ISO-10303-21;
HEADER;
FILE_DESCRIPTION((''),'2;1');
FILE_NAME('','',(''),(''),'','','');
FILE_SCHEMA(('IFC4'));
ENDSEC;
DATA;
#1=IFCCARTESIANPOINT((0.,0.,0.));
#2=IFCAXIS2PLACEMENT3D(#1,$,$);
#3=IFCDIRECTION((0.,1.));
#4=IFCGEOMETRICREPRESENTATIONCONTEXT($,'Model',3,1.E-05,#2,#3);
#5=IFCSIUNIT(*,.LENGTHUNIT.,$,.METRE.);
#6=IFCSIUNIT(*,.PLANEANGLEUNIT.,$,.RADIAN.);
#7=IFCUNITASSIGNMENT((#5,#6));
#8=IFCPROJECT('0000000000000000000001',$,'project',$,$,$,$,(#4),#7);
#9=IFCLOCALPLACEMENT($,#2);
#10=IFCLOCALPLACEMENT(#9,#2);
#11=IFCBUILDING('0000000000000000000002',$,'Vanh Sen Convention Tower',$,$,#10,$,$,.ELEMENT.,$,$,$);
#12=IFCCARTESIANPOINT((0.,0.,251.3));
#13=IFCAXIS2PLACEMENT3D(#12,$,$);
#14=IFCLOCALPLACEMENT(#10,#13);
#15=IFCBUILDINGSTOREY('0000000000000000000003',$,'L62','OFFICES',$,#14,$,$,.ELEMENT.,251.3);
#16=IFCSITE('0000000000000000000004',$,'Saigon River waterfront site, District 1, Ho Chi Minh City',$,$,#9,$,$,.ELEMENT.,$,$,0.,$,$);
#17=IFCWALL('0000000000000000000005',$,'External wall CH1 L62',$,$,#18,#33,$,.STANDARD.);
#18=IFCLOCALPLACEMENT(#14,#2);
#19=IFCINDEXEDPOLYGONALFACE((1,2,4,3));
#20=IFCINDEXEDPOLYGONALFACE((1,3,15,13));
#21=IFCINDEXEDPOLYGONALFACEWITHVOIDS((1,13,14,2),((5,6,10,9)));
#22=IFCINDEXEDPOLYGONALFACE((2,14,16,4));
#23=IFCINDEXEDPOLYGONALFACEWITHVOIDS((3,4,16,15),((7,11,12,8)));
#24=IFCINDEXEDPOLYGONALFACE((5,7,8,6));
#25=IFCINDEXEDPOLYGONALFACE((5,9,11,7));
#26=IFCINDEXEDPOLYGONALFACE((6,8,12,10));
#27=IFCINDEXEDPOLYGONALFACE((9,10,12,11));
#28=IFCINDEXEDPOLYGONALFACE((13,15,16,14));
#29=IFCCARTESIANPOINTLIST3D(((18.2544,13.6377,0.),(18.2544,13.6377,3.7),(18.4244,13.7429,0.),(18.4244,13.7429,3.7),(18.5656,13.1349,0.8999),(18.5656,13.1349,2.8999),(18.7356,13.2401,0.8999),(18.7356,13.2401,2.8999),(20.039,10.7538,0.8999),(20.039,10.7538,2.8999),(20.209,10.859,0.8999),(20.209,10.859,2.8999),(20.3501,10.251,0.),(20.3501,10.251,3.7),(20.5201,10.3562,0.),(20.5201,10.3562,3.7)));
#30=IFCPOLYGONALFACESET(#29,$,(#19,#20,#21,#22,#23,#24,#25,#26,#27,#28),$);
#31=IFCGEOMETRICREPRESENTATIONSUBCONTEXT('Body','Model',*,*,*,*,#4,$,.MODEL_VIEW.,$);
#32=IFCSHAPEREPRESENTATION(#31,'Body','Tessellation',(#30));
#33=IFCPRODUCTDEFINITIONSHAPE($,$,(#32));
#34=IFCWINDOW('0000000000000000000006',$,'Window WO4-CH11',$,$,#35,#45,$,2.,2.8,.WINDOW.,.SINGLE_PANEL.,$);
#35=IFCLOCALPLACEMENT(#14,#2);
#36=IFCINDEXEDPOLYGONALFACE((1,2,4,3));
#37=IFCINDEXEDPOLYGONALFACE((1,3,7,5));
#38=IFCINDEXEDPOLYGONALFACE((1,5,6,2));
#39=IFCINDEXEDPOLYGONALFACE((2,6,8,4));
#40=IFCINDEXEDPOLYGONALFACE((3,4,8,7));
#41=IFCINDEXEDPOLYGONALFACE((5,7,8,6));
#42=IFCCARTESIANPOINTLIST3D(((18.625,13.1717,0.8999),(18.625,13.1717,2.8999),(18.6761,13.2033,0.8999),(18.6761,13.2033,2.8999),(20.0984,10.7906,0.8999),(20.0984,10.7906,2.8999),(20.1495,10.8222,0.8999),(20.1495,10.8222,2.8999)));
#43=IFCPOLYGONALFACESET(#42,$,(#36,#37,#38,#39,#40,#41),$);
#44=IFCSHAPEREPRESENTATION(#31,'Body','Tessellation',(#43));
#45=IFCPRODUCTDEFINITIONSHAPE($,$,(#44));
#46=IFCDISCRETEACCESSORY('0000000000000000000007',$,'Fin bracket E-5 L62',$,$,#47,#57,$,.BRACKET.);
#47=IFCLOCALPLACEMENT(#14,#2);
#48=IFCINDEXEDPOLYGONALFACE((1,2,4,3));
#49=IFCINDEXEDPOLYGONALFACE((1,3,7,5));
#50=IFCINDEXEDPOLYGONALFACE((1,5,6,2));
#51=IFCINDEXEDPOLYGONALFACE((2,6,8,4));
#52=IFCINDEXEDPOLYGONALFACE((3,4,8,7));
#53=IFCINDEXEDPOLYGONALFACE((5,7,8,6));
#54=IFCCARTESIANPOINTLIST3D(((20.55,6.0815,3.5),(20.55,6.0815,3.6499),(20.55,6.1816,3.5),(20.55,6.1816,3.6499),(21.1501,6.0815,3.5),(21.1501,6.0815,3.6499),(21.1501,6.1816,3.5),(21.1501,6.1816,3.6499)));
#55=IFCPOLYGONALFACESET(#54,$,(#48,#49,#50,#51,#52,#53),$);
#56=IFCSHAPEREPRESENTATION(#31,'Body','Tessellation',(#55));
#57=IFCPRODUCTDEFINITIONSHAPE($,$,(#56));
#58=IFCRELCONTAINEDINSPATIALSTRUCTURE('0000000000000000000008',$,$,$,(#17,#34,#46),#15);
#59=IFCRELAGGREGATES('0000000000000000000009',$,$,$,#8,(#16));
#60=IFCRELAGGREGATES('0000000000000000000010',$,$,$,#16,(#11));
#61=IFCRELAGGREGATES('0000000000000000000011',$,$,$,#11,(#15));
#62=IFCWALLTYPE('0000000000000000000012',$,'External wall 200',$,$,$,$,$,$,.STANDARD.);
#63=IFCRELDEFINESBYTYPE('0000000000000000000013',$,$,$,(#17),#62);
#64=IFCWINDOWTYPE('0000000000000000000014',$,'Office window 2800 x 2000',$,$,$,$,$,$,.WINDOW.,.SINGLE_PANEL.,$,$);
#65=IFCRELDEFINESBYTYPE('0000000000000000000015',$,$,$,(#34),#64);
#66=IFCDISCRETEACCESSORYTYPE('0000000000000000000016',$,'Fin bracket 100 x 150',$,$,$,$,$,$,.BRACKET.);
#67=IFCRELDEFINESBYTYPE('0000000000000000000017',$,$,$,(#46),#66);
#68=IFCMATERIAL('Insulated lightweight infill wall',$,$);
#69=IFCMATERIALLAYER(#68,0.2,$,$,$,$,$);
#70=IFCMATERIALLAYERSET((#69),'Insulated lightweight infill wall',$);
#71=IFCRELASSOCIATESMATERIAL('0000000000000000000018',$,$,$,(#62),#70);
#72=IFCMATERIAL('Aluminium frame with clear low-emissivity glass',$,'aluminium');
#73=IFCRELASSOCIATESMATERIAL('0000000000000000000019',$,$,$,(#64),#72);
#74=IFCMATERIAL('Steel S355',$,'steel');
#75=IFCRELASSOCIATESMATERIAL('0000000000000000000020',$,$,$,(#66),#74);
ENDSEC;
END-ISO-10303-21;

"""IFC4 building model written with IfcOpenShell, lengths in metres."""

from ifc_helpers import new_model, si_unit, direction, frame, frame_2d, origin, origin_2d, place, context, subcontext, project, spatial, rectangle, extrude, material, layer, layer_set, type_object, element, fill, save


model = new_model("IFC4")

# Units and contexts
model_context = context("Model", 3, precision=1e-05, world=origin(), true_north=direction((0.0, 1.0)))
body_context = subcontext(model_context, "Body", "Model", "MODEL_VIEW")
ifc_project = project(units=[si_unit("LENGTHUNIT", "METRE"), si_unit("PLANEANGLEUNIT", "RADIAN")], contexts=[model_context])

# Site, building, storey
site_placement = place(None, origin())
site = spatial("IfcSite", under=ifc_project, at=site_placement, Name="Saigon River waterfront site, District 1, Ho Chi Minh City", CompositionType="ELEMENT", RefElevation=0.0)
building_placement = place(site_placement, origin())
building = spatial("IfcBuilding", under=site, at=building_placement, Name="Vanh Sen Convention Tower", CompositionType="ELEMENT")
storey_placement = place(building_placement, frame((0.0, 0.0, 251.3)))
storey = spatial("IfcBuildingStorey", under=building, at=storey_placement, Name="L62", Description="OFFICES", CompositionType="ELEMENT", Elevation=251.3)

# Wall, opening, window
ifc_material_1 = material(Name="Insulated lightweight infill wall")
ifc_layer_1 = layer(ifc_material_1, 0.2)
ifc_layer_set_1 = layer_set([ifc_layer_1], Name="Insulated lightweight infill wall")
wall_type_1 = type_object("IfcWallType", Name="External wall 200", PredefinedType="STANDARD", material=ifc_layer_set_1)
wall_1_placement = place(storey_placement, frame((20.4351, 10.3037, 0.0), z_axis=(0.0, 0.0, 1.0), x_axis=(-0.526203, 0.850359, 0.0)))
wall_1 = element("IfcWall", 1, at=wall_1_placement, inside=storey, type_object=wall_type_1, Name="External wall CH1 L62", PredefinedType="STANDARD", context=body_context, shape_type="SweptSolid", body=[
    extrude(rectangle(XDim=3.9827, YDim=0.2, at=frame_2d((1.9912, 0.0))), origin(), (0.0, 0.0, 1.0), 3.7),
])
opening_1_placement = place(wall_1_placement, frame((0.5913, 0.0, 0.8999)))
opening_1 = element("IfcOpeningElement", 2, at=opening_1_placement, cuts=wall_1, PredefinedType="OPENING", context=body_context, shape_type="SweptSolid", body=[
    extrude(rectangle(XDim=2.8, YDim=2.0, at=frame_2d((1.3999, 1.0))), frame((0.0, 0.1099, 0.0), z_axis=(0.0, -1.0, 0.0), x_axis=(1.0, 0.0, 0.0)), (0.0, 0.0, 1.0), 0.22),
])
ifc_material_2 = material(Name="Aluminium frame with clear low-emissivity glass", Category="aluminium")
window_type = type_object("IfcWindowType", Name="Office window 2800 x 2000", PartitioningType="SINGLE_PANEL", PredefinedType="WINDOW", material=ifc_material_2)
window_placement = place(opening_1_placement, origin())
window = element("IfcWindow", 3, at=window_placement, inside=storey, type_object=window_type, Name="Window WO4-CH11", OverallHeight=2.0, OverallWidth=2.8, PartitioningType="SINGLE_PANEL", PredefinedType="WINDOW", context=body_context, shape_type="SweptSolid", body=[
    extrude(rectangle(XDim=2.8, YDim=2.0, at=frame_2d((1.3999, 1.0))), frame((0.0, 0.03, 0.0), z_axis=(0.0, -1.0, 0.0), x_axis=(1.0, 0.0, 0.0)), (0.0, 0.0, 1.0), 0.0601),
])
fill(opening_1, window)

# Discrete accessory
ifc_material_3 = material(Name="Steel S355", Category="steel")
discrete_accessory_type = type_object("IfcDiscreteAccessoryType", Name="Fin bracket 100 x 150", PredefinedType="BRACKET", material=ifc_material_3)
discrete_accessory_placement = place(storey_placement, frame((20.8501, 6.1316, 3.5), z_axis=(0.0, 0.0, 1.0), x_axis=(1.0, 0.0, 0.0)))
element("IfcDiscreteAccessory", 4, at=discrete_accessory_placement, inside=storey, type_object=discrete_accessory_type, Name="Fin bracket E-5 L62", PredefinedType="BRACKET", context=body_context, shape_type="SweptSolid", body=[
    extrude(rectangle(XDim=0.6001, YDim=0.1001, at=origin_2d()), origin(), (0.0, 0.0, 1.0), 0.1499),
])

save(model, "model.ifc")
